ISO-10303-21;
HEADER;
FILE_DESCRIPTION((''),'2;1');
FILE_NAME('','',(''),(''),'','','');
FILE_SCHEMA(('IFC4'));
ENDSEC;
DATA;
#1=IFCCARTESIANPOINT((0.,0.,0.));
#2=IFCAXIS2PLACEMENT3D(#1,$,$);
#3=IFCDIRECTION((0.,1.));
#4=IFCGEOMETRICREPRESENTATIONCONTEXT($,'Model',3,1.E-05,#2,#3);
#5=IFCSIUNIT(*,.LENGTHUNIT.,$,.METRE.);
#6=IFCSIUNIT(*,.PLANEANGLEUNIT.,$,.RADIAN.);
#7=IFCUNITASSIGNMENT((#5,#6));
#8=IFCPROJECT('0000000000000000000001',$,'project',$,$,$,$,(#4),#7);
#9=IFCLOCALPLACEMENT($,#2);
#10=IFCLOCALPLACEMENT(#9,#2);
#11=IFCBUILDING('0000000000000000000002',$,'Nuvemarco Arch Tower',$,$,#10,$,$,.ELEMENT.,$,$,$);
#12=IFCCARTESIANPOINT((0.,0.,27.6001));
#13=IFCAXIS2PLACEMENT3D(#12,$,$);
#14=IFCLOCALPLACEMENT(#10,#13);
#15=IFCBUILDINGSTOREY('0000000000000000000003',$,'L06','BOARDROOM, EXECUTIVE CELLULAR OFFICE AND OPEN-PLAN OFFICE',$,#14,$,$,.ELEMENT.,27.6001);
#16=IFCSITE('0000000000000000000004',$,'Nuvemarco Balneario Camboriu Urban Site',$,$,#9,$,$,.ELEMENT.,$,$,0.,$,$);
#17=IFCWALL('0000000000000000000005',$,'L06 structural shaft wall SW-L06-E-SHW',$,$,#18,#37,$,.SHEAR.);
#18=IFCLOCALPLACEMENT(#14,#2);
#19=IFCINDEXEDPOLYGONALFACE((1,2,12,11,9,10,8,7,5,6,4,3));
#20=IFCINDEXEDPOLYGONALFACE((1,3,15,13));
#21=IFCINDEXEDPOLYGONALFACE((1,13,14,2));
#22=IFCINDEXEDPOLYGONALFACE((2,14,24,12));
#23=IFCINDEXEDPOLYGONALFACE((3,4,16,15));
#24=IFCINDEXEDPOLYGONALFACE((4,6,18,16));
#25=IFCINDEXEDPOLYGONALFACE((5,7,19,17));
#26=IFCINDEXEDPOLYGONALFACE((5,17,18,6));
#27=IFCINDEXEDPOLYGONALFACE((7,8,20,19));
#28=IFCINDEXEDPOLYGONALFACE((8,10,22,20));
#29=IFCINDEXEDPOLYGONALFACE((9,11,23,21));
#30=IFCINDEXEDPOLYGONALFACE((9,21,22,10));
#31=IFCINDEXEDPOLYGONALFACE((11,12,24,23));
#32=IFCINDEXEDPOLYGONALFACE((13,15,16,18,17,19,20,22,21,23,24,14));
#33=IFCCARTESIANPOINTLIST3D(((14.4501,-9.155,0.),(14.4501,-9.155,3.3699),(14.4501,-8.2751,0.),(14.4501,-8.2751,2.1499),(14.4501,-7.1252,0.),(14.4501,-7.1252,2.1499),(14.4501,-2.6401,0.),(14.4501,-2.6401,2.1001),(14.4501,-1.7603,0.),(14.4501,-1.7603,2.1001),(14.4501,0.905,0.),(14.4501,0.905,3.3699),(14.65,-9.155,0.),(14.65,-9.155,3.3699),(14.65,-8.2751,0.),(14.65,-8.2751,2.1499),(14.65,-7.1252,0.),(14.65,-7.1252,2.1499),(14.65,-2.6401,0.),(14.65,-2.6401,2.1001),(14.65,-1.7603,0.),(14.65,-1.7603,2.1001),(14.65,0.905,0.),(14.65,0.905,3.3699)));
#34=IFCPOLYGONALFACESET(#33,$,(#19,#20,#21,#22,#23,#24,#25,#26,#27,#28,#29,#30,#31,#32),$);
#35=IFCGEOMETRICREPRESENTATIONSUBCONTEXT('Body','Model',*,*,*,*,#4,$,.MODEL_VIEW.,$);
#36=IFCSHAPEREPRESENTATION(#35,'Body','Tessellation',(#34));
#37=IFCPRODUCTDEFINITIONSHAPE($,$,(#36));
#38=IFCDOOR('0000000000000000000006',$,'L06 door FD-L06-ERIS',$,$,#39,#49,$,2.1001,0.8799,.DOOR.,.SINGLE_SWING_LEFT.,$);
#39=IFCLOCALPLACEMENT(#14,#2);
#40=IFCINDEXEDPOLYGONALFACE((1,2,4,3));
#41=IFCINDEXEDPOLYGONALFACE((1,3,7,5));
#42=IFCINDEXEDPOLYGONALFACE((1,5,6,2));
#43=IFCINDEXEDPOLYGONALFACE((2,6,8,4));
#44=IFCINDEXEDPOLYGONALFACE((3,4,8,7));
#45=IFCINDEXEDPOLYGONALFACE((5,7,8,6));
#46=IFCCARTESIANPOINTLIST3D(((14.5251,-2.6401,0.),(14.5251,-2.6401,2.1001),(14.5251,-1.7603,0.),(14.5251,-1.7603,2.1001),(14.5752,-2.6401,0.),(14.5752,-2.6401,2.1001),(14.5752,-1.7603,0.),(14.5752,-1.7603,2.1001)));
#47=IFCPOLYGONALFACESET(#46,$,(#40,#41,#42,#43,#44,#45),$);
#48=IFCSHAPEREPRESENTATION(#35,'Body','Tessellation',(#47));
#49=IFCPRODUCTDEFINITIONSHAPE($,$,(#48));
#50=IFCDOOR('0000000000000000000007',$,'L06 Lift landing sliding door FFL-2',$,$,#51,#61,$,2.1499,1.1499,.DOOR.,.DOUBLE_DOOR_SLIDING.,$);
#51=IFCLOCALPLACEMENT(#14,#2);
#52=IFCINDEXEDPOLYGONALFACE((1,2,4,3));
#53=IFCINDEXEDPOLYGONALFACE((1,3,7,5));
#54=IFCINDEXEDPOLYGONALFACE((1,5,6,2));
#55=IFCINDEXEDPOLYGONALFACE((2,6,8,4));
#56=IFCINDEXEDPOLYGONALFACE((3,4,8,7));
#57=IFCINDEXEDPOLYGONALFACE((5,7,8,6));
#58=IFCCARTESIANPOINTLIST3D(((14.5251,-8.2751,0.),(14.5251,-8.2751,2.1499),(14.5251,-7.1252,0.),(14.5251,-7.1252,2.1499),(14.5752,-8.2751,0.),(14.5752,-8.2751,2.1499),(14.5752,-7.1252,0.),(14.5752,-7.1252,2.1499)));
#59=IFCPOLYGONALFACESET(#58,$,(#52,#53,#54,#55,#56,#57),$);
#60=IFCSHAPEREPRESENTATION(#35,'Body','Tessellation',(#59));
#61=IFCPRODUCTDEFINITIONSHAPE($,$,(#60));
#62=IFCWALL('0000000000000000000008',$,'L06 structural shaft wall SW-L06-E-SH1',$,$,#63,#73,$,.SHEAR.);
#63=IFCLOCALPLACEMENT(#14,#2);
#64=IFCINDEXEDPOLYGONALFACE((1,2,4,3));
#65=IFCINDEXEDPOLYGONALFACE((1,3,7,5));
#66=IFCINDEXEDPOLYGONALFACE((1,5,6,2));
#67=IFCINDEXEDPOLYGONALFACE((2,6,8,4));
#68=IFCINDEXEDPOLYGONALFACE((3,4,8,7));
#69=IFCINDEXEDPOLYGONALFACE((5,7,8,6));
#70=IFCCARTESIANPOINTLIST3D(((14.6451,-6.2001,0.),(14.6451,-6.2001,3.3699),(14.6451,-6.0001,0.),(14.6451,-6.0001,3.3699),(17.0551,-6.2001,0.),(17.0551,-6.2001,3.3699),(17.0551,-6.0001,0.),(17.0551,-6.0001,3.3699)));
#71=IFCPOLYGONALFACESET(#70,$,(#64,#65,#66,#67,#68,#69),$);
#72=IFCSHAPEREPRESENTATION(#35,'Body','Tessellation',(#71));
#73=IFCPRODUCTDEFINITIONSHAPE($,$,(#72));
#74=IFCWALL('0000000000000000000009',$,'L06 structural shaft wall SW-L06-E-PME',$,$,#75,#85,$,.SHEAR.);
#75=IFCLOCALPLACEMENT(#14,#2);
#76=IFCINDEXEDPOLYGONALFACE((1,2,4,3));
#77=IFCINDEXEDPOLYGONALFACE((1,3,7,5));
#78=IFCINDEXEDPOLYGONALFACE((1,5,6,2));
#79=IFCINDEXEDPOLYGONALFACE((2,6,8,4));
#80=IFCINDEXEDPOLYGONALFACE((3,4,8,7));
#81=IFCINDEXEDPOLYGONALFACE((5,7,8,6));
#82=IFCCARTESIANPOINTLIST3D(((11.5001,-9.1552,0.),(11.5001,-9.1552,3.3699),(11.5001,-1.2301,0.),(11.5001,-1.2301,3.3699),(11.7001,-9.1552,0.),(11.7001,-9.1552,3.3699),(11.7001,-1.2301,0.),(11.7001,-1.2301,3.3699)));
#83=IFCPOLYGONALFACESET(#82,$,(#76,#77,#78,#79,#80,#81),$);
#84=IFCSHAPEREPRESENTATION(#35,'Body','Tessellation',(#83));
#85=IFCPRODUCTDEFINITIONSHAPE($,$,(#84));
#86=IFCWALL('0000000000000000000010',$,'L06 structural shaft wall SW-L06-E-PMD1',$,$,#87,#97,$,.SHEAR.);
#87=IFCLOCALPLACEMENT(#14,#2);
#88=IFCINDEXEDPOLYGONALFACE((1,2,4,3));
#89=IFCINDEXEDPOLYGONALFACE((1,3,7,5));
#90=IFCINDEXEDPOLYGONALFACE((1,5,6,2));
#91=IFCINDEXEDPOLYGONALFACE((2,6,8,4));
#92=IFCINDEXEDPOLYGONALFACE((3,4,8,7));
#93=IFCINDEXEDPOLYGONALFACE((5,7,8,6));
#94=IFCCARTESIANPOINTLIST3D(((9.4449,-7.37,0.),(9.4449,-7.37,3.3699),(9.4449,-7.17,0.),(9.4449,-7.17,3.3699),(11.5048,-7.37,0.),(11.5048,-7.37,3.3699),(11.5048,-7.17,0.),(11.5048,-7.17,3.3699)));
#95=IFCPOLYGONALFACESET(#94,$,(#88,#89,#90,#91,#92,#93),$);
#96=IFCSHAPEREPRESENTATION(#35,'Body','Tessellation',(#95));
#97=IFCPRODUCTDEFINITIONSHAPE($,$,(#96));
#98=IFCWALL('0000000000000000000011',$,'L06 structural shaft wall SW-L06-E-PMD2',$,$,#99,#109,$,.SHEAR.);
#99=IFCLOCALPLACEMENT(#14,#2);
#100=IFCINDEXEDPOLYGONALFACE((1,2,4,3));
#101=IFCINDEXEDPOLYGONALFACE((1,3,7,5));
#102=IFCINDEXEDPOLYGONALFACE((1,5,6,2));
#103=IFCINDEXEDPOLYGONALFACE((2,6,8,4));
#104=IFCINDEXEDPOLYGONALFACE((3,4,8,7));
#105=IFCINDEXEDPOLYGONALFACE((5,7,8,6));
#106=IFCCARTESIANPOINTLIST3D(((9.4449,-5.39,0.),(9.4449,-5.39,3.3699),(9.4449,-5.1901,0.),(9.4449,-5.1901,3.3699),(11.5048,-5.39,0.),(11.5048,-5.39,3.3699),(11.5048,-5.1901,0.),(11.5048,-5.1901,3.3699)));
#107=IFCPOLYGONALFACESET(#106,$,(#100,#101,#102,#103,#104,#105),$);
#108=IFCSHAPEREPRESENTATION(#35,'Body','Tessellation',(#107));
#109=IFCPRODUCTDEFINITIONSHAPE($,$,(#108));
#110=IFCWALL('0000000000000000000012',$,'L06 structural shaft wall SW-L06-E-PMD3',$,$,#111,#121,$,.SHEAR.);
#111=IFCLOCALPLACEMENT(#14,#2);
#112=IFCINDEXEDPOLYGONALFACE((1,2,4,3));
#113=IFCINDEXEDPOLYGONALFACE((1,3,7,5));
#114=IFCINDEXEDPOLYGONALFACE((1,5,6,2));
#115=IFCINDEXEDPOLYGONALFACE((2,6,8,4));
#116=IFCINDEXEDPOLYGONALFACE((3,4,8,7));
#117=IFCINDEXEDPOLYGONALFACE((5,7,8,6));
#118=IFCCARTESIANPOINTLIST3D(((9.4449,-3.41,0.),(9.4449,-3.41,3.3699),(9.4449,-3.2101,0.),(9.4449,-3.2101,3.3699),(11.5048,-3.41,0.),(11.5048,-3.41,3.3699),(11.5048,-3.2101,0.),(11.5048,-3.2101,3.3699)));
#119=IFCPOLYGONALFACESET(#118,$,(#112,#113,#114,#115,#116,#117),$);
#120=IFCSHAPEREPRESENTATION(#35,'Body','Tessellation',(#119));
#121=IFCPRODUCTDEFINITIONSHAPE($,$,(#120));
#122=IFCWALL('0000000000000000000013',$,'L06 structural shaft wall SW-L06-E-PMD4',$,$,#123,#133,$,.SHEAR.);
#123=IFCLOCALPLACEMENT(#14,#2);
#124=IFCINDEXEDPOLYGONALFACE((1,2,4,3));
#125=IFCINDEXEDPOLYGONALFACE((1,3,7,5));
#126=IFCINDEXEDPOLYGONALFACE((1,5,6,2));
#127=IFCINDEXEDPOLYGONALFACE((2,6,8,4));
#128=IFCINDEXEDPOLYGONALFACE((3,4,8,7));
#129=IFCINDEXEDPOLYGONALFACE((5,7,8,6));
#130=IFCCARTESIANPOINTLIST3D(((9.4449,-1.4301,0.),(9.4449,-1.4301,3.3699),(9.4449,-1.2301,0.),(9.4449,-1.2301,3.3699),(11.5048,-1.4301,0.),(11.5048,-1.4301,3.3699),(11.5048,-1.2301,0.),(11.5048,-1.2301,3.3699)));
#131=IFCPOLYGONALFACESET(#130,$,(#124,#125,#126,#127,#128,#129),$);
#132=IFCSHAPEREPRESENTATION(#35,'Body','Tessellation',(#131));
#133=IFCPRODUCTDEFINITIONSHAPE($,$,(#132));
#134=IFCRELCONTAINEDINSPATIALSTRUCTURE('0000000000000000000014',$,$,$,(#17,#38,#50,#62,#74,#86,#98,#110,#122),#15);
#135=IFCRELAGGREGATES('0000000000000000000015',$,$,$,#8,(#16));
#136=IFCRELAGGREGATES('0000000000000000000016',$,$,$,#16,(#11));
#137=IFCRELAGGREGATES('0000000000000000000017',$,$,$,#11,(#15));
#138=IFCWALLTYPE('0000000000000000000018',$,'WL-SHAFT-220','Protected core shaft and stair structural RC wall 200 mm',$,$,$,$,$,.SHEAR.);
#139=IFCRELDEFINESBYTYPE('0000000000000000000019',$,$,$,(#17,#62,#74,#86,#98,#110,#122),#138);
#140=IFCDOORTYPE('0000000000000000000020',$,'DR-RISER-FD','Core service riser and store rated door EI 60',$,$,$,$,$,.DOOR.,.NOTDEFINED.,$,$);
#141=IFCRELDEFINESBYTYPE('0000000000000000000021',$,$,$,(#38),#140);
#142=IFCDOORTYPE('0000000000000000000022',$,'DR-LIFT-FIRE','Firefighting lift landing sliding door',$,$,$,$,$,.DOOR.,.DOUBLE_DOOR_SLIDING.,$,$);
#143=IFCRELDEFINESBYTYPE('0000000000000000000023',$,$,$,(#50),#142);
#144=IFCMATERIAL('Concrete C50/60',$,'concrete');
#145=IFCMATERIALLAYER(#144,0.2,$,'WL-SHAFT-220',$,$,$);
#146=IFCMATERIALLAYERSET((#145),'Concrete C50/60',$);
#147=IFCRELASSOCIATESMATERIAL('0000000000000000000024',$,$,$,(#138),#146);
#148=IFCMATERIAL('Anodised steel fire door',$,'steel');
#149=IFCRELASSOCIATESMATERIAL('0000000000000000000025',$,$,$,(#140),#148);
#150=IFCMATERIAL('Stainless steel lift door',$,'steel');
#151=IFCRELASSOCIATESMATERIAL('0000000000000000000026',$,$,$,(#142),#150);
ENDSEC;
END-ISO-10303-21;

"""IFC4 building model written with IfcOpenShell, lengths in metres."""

from ifc_helpers import new_model, si_unit, direction, frame, frame_2d, origin, place, context, subcontext, project, spatial, rectangle, extrude, source, transform, mapped, material, layer, layer_set, type_object, type_shapes, element, fill, save


model = new_model("IFC4")

# Units and contexts
model_context = context("Model", 3, precision=1e-05, world=origin(), true_north=direction((0.0, 1.0)))
body_context = subcontext(model_context, "Body", "Model", "MODEL_VIEW")
ifc_project = project(units=[si_unit("LENGTHUNIT", "METRE"), si_unit("PLANEANGLEUNIT", "RADIAN")], contexts=[model_context])

# Site, building, storey
site_placement = place(None, origin())
site = spatial("IfcSite", under=ifc_project, at=site_placement, Name="Nuvemarco Balneario Camboriu Urban Site", CompositionType="ELEMENT", RefElevation=0.0)
building_placement = place(site_placement, origin())
building = spatial("IfcBuilding", under=site, at=building_placement, Name="Nuvemarco Arch Tower", CompositionType="ELEMENT")
storey_placement = place(building_placement, frame((0.0, 0.0, 27.6001)))
storey = spatial("IfcBuildingStorey", under=building, at=storey_placement, Name="L06", Description="BOARDROOM, EXECUTIVE CELLULAR OFFICE AND OPEN-PLAN OFFICE", CompositionType="ELEMENT", Elevation=27.6001)

# Shared definitions
ifc_material_1 = material(Name="Anodised steel fire door", Category="steel")

# Wall, openings, doors
ifc_material_2 = material(Name="Concrete C50/60", Category="concrete")
ifc_layer_1 = layer(ifc_material_2, 0.2, Name="WL-SHAFT-220")
ifc_layer_set_1 = layer_set([ifc_layer_1], Name="Concrete C50/60")
wall_type_1 = type_object("IfcWallType", Name="WL-SHAFT-220", Description="Protected core shaft and stair structural RC wall 200 mm", PredefinedType="SHEAR", material=ifc_layer_set_1)
wall_1_placement = place(storey_placement, frame((14.55, -9.155, 0.0), z_axis=(0.0, 0.0, 1.0), x_axis=(0.0, 1.0, 0.0)))
wall_1 = element("IfcWall", 1, at=wall_1_placement, inside=storey, type_object=wall_type_1, Name="L06 structural shaft wall SW-L06-E-SHW", PredefinedType="SHEAR", context=body_context, shape_type="SweptSolid", body=[
    extrude(rectangle(XDim=10.0601, YDim=0.2, at=frame_2d((5.03, 0.0))), origin(), (0.0, 0.0, 1.0), 3.3699),
])
opening_1_placement = place(wall_1_placement, frame((6.5149, 0.0, 0.0)))
opening_1 = element("IfcOpeningElement", 2, at=opening_1_placement, cuts=wall_1, PredefinedType="OPENING", context=body_context, shape_type="SweptSolid", body=[
    extrude(rectangle(XDim=0.8799, YDim=2.1001, at=frame_2d((0.4399, 1.05))), frame((0.0, 0.1099, 0.0), z_axis=(0.0, -1.0, 0.0), x_axis=(1.0, 0.0, 0.0)), (0.0, 0.0, 1.0), 0.22),
])
opening_2_placement = place(wall_1_placement, frame((0.8799, 0.0, 0.0)))
opening_2 = element("IfcOpeningElement", 3, at=opening_2_placement, cuts=wall_1, PredefinedType="OPENING", context=body_context, shape_type="SweptSolid", body=[
    extrude(rectangle(XDim=1.1499, YDim=2.1499, at=frame_2d((0.575, 1.075))), frame((0.0, 0.1099, 0.0), z_axis=(0.0, -1.0, 0.0), x_axis=(1.0, 0.0, 0.0)), (0.0, 0.0, 1.0), 0.22),
])
door_type_1 = type_object("IfcDoorType", Name="DR-RISER-FD", Description="Core service riser and store rated door EI 60", OperationType="NOTDEFINED", PredefinedType="DOOR", material=ifc_material_1)
shared_shape_1 = source(origin(), body_context, "Body", "SweptSolid", [
    extrude(rectangle(XDim=0.8799, YDim=2.1001, at=frame_2d((0.4399, 1.05))), frame((0.0, 0.0249, 0.0), z_axis=(0.0, -1.0, 0.0), x_axis=(1.0, 0.0, 0.0)), (0.0, 0.0, 1.0), 0.05),
])
type_shapes(door_type_1, [shared_shape_1])
door_1_placement = place(opening_1_placement, origin())
door_1 = element("IfcDoor", 4, at=door_1_placement, inside=storey, type_object=door_type_1, Name="L06 door FD-L06-ERIS", OperationType="SINGLE_SWING_LEFT", OverallHeight=2.1001, OverallWidth=0.8799, PredefinedType="DOOR", context=body_context, shape_type="MappedRepresentation", body=[
    mapped(shared_shape_1, transform((0.0, 0.0, 0.0), scale=1.0)),
])
fill(opening_1, door_1)
ifc_material_3 = material(Name="Stainless steel lift door", Category="steel")
door_type_2 = type_object("IfcDoorType", Name="DR-LIFT-FIRE", Description="Firefighting lift landing sliding door", OperationType="DOUBLE_DOOR_SLIDING", PredefinedType="DOOR", material=ifc_material_3)
shared_shape_2 = source(origin(), body_context, "Body", "SweptSolid", [
    extrude(rectangle(XDim=1.1499, YDim=2.1499, at=frame_2d((0.575, 1.075))), frame((0.0, 0.0249, 0.0), z_axis=(0.0, -1.0, 0.0), x_axis=(1.0, 0.0, 0.0)), (0.0, 0.0, 1.0), 0.05),
])
type_shapes(door_type_2, [shared_shape_2])
door_2_placement = place(opening_2_placement, origin())
door_2 = element("IfcDoor", 5, at=door_2_placement, inside=storey, type_object=door_type_2, Name="L06 Lift landing sliding door FFL-2", OperationType="DOUBLE_DOOR_SLIDING", OverallHeight=2.1499, OverallWidth=1.1499, PredefinedType="DOOR", context=body_context, shape_type="MappedRepresentation", body=[
    mapped(shared_shape_2, transform((0.0, 0.0, 0.0), scale=1.0)),
])
fill(opening_2, door_2)

# Walls
wall_2_placement = place(storey_placement, frame((14.645, -6.1001, 0.0), z_axis=(0.0, 0.0, 1.0), x_axis=(1.0, 0.0, 0.0)))
element("IfcWall", 6, at=wall_2_placement, inside=storey, type_object=wall_type_1, Name="L06 structural shaft wall SW-L06-E-SH1", PredefinedType="SHEAR", context=body_context, shape_type="SweptSolid", body=[
    extrude(rectangle(XDim=2.4099, YDim=0.2, at=frame_2d((1.2051, 0.0))), origin(), (0.0, 0.0, 1.0), 3.3699),
])
wall_3_placement = place(storey_placement, frame((11.6001, -9.155, 0.0), z_axis=(0.0, 0.0, 1.0), x_axis=(0.0, 1.0, 0.0)))
element("IfcWall", 7, at=wall_3_placement, inside=storey, type_object=wall_type_1, Name="L06 structural shaft wall SW-L06-E-PME", PredefinedType="SHEAR", context=body_context, shape_type="SweptSolid", body=[
    extrude(rectangle(XDim=7.925, YDim=0.2, at=frame_2d((3.9624, 0.0))), origin(), (0.0, 0.0, 1.0), 3.3699),
])

# Walls
for number, where, z_axis, x_axis, name in (
    (8, (9.4451, -7.27, 0.0), (0.0, 0.0, 1.0), (1.0, 0.0, 0.0), "L06 structural shaft wall SW-L06-E-PMD1"),
    (9, (9.4451, -5.29, 0.0), (0.0, 0.0, 1.0), (1.0, 0.0, 0.0), "L06 structural shaft wall SW-L06-E-PMD2"),
    (10, (9.4451, -3.3101, 0.0), (0.0, 0.0, 1.0), (1.0, 0.0, 0.0), "L06 structural shaft wall SW-L06-E-PMD3"),
    (11, (9.4451, -1.3301, 0.0), (0.0, 0.0, 1.0), (1.0, 0.0, 0.0), "L06 structural shaft wall SW-L06-E-PMD4"),
):
    element("IfcWall", number, at=place(storey_placement, frame(where, z_axis=z_axis, x_axis=x_axis)), inside=storey, type_object=wall_type_1, Name=name, PredefinedType="SHEAR", context=body_context, shape_type="SweptSolid", body=[
        extrude(rectangle(XDim=2.0598, YDim=0.2, at=frame_2d((1.0298, 0.0))), origin(), (0.0, 0.0, 1.0), 3.3699),
    ])

save(model, "model.ifc")
